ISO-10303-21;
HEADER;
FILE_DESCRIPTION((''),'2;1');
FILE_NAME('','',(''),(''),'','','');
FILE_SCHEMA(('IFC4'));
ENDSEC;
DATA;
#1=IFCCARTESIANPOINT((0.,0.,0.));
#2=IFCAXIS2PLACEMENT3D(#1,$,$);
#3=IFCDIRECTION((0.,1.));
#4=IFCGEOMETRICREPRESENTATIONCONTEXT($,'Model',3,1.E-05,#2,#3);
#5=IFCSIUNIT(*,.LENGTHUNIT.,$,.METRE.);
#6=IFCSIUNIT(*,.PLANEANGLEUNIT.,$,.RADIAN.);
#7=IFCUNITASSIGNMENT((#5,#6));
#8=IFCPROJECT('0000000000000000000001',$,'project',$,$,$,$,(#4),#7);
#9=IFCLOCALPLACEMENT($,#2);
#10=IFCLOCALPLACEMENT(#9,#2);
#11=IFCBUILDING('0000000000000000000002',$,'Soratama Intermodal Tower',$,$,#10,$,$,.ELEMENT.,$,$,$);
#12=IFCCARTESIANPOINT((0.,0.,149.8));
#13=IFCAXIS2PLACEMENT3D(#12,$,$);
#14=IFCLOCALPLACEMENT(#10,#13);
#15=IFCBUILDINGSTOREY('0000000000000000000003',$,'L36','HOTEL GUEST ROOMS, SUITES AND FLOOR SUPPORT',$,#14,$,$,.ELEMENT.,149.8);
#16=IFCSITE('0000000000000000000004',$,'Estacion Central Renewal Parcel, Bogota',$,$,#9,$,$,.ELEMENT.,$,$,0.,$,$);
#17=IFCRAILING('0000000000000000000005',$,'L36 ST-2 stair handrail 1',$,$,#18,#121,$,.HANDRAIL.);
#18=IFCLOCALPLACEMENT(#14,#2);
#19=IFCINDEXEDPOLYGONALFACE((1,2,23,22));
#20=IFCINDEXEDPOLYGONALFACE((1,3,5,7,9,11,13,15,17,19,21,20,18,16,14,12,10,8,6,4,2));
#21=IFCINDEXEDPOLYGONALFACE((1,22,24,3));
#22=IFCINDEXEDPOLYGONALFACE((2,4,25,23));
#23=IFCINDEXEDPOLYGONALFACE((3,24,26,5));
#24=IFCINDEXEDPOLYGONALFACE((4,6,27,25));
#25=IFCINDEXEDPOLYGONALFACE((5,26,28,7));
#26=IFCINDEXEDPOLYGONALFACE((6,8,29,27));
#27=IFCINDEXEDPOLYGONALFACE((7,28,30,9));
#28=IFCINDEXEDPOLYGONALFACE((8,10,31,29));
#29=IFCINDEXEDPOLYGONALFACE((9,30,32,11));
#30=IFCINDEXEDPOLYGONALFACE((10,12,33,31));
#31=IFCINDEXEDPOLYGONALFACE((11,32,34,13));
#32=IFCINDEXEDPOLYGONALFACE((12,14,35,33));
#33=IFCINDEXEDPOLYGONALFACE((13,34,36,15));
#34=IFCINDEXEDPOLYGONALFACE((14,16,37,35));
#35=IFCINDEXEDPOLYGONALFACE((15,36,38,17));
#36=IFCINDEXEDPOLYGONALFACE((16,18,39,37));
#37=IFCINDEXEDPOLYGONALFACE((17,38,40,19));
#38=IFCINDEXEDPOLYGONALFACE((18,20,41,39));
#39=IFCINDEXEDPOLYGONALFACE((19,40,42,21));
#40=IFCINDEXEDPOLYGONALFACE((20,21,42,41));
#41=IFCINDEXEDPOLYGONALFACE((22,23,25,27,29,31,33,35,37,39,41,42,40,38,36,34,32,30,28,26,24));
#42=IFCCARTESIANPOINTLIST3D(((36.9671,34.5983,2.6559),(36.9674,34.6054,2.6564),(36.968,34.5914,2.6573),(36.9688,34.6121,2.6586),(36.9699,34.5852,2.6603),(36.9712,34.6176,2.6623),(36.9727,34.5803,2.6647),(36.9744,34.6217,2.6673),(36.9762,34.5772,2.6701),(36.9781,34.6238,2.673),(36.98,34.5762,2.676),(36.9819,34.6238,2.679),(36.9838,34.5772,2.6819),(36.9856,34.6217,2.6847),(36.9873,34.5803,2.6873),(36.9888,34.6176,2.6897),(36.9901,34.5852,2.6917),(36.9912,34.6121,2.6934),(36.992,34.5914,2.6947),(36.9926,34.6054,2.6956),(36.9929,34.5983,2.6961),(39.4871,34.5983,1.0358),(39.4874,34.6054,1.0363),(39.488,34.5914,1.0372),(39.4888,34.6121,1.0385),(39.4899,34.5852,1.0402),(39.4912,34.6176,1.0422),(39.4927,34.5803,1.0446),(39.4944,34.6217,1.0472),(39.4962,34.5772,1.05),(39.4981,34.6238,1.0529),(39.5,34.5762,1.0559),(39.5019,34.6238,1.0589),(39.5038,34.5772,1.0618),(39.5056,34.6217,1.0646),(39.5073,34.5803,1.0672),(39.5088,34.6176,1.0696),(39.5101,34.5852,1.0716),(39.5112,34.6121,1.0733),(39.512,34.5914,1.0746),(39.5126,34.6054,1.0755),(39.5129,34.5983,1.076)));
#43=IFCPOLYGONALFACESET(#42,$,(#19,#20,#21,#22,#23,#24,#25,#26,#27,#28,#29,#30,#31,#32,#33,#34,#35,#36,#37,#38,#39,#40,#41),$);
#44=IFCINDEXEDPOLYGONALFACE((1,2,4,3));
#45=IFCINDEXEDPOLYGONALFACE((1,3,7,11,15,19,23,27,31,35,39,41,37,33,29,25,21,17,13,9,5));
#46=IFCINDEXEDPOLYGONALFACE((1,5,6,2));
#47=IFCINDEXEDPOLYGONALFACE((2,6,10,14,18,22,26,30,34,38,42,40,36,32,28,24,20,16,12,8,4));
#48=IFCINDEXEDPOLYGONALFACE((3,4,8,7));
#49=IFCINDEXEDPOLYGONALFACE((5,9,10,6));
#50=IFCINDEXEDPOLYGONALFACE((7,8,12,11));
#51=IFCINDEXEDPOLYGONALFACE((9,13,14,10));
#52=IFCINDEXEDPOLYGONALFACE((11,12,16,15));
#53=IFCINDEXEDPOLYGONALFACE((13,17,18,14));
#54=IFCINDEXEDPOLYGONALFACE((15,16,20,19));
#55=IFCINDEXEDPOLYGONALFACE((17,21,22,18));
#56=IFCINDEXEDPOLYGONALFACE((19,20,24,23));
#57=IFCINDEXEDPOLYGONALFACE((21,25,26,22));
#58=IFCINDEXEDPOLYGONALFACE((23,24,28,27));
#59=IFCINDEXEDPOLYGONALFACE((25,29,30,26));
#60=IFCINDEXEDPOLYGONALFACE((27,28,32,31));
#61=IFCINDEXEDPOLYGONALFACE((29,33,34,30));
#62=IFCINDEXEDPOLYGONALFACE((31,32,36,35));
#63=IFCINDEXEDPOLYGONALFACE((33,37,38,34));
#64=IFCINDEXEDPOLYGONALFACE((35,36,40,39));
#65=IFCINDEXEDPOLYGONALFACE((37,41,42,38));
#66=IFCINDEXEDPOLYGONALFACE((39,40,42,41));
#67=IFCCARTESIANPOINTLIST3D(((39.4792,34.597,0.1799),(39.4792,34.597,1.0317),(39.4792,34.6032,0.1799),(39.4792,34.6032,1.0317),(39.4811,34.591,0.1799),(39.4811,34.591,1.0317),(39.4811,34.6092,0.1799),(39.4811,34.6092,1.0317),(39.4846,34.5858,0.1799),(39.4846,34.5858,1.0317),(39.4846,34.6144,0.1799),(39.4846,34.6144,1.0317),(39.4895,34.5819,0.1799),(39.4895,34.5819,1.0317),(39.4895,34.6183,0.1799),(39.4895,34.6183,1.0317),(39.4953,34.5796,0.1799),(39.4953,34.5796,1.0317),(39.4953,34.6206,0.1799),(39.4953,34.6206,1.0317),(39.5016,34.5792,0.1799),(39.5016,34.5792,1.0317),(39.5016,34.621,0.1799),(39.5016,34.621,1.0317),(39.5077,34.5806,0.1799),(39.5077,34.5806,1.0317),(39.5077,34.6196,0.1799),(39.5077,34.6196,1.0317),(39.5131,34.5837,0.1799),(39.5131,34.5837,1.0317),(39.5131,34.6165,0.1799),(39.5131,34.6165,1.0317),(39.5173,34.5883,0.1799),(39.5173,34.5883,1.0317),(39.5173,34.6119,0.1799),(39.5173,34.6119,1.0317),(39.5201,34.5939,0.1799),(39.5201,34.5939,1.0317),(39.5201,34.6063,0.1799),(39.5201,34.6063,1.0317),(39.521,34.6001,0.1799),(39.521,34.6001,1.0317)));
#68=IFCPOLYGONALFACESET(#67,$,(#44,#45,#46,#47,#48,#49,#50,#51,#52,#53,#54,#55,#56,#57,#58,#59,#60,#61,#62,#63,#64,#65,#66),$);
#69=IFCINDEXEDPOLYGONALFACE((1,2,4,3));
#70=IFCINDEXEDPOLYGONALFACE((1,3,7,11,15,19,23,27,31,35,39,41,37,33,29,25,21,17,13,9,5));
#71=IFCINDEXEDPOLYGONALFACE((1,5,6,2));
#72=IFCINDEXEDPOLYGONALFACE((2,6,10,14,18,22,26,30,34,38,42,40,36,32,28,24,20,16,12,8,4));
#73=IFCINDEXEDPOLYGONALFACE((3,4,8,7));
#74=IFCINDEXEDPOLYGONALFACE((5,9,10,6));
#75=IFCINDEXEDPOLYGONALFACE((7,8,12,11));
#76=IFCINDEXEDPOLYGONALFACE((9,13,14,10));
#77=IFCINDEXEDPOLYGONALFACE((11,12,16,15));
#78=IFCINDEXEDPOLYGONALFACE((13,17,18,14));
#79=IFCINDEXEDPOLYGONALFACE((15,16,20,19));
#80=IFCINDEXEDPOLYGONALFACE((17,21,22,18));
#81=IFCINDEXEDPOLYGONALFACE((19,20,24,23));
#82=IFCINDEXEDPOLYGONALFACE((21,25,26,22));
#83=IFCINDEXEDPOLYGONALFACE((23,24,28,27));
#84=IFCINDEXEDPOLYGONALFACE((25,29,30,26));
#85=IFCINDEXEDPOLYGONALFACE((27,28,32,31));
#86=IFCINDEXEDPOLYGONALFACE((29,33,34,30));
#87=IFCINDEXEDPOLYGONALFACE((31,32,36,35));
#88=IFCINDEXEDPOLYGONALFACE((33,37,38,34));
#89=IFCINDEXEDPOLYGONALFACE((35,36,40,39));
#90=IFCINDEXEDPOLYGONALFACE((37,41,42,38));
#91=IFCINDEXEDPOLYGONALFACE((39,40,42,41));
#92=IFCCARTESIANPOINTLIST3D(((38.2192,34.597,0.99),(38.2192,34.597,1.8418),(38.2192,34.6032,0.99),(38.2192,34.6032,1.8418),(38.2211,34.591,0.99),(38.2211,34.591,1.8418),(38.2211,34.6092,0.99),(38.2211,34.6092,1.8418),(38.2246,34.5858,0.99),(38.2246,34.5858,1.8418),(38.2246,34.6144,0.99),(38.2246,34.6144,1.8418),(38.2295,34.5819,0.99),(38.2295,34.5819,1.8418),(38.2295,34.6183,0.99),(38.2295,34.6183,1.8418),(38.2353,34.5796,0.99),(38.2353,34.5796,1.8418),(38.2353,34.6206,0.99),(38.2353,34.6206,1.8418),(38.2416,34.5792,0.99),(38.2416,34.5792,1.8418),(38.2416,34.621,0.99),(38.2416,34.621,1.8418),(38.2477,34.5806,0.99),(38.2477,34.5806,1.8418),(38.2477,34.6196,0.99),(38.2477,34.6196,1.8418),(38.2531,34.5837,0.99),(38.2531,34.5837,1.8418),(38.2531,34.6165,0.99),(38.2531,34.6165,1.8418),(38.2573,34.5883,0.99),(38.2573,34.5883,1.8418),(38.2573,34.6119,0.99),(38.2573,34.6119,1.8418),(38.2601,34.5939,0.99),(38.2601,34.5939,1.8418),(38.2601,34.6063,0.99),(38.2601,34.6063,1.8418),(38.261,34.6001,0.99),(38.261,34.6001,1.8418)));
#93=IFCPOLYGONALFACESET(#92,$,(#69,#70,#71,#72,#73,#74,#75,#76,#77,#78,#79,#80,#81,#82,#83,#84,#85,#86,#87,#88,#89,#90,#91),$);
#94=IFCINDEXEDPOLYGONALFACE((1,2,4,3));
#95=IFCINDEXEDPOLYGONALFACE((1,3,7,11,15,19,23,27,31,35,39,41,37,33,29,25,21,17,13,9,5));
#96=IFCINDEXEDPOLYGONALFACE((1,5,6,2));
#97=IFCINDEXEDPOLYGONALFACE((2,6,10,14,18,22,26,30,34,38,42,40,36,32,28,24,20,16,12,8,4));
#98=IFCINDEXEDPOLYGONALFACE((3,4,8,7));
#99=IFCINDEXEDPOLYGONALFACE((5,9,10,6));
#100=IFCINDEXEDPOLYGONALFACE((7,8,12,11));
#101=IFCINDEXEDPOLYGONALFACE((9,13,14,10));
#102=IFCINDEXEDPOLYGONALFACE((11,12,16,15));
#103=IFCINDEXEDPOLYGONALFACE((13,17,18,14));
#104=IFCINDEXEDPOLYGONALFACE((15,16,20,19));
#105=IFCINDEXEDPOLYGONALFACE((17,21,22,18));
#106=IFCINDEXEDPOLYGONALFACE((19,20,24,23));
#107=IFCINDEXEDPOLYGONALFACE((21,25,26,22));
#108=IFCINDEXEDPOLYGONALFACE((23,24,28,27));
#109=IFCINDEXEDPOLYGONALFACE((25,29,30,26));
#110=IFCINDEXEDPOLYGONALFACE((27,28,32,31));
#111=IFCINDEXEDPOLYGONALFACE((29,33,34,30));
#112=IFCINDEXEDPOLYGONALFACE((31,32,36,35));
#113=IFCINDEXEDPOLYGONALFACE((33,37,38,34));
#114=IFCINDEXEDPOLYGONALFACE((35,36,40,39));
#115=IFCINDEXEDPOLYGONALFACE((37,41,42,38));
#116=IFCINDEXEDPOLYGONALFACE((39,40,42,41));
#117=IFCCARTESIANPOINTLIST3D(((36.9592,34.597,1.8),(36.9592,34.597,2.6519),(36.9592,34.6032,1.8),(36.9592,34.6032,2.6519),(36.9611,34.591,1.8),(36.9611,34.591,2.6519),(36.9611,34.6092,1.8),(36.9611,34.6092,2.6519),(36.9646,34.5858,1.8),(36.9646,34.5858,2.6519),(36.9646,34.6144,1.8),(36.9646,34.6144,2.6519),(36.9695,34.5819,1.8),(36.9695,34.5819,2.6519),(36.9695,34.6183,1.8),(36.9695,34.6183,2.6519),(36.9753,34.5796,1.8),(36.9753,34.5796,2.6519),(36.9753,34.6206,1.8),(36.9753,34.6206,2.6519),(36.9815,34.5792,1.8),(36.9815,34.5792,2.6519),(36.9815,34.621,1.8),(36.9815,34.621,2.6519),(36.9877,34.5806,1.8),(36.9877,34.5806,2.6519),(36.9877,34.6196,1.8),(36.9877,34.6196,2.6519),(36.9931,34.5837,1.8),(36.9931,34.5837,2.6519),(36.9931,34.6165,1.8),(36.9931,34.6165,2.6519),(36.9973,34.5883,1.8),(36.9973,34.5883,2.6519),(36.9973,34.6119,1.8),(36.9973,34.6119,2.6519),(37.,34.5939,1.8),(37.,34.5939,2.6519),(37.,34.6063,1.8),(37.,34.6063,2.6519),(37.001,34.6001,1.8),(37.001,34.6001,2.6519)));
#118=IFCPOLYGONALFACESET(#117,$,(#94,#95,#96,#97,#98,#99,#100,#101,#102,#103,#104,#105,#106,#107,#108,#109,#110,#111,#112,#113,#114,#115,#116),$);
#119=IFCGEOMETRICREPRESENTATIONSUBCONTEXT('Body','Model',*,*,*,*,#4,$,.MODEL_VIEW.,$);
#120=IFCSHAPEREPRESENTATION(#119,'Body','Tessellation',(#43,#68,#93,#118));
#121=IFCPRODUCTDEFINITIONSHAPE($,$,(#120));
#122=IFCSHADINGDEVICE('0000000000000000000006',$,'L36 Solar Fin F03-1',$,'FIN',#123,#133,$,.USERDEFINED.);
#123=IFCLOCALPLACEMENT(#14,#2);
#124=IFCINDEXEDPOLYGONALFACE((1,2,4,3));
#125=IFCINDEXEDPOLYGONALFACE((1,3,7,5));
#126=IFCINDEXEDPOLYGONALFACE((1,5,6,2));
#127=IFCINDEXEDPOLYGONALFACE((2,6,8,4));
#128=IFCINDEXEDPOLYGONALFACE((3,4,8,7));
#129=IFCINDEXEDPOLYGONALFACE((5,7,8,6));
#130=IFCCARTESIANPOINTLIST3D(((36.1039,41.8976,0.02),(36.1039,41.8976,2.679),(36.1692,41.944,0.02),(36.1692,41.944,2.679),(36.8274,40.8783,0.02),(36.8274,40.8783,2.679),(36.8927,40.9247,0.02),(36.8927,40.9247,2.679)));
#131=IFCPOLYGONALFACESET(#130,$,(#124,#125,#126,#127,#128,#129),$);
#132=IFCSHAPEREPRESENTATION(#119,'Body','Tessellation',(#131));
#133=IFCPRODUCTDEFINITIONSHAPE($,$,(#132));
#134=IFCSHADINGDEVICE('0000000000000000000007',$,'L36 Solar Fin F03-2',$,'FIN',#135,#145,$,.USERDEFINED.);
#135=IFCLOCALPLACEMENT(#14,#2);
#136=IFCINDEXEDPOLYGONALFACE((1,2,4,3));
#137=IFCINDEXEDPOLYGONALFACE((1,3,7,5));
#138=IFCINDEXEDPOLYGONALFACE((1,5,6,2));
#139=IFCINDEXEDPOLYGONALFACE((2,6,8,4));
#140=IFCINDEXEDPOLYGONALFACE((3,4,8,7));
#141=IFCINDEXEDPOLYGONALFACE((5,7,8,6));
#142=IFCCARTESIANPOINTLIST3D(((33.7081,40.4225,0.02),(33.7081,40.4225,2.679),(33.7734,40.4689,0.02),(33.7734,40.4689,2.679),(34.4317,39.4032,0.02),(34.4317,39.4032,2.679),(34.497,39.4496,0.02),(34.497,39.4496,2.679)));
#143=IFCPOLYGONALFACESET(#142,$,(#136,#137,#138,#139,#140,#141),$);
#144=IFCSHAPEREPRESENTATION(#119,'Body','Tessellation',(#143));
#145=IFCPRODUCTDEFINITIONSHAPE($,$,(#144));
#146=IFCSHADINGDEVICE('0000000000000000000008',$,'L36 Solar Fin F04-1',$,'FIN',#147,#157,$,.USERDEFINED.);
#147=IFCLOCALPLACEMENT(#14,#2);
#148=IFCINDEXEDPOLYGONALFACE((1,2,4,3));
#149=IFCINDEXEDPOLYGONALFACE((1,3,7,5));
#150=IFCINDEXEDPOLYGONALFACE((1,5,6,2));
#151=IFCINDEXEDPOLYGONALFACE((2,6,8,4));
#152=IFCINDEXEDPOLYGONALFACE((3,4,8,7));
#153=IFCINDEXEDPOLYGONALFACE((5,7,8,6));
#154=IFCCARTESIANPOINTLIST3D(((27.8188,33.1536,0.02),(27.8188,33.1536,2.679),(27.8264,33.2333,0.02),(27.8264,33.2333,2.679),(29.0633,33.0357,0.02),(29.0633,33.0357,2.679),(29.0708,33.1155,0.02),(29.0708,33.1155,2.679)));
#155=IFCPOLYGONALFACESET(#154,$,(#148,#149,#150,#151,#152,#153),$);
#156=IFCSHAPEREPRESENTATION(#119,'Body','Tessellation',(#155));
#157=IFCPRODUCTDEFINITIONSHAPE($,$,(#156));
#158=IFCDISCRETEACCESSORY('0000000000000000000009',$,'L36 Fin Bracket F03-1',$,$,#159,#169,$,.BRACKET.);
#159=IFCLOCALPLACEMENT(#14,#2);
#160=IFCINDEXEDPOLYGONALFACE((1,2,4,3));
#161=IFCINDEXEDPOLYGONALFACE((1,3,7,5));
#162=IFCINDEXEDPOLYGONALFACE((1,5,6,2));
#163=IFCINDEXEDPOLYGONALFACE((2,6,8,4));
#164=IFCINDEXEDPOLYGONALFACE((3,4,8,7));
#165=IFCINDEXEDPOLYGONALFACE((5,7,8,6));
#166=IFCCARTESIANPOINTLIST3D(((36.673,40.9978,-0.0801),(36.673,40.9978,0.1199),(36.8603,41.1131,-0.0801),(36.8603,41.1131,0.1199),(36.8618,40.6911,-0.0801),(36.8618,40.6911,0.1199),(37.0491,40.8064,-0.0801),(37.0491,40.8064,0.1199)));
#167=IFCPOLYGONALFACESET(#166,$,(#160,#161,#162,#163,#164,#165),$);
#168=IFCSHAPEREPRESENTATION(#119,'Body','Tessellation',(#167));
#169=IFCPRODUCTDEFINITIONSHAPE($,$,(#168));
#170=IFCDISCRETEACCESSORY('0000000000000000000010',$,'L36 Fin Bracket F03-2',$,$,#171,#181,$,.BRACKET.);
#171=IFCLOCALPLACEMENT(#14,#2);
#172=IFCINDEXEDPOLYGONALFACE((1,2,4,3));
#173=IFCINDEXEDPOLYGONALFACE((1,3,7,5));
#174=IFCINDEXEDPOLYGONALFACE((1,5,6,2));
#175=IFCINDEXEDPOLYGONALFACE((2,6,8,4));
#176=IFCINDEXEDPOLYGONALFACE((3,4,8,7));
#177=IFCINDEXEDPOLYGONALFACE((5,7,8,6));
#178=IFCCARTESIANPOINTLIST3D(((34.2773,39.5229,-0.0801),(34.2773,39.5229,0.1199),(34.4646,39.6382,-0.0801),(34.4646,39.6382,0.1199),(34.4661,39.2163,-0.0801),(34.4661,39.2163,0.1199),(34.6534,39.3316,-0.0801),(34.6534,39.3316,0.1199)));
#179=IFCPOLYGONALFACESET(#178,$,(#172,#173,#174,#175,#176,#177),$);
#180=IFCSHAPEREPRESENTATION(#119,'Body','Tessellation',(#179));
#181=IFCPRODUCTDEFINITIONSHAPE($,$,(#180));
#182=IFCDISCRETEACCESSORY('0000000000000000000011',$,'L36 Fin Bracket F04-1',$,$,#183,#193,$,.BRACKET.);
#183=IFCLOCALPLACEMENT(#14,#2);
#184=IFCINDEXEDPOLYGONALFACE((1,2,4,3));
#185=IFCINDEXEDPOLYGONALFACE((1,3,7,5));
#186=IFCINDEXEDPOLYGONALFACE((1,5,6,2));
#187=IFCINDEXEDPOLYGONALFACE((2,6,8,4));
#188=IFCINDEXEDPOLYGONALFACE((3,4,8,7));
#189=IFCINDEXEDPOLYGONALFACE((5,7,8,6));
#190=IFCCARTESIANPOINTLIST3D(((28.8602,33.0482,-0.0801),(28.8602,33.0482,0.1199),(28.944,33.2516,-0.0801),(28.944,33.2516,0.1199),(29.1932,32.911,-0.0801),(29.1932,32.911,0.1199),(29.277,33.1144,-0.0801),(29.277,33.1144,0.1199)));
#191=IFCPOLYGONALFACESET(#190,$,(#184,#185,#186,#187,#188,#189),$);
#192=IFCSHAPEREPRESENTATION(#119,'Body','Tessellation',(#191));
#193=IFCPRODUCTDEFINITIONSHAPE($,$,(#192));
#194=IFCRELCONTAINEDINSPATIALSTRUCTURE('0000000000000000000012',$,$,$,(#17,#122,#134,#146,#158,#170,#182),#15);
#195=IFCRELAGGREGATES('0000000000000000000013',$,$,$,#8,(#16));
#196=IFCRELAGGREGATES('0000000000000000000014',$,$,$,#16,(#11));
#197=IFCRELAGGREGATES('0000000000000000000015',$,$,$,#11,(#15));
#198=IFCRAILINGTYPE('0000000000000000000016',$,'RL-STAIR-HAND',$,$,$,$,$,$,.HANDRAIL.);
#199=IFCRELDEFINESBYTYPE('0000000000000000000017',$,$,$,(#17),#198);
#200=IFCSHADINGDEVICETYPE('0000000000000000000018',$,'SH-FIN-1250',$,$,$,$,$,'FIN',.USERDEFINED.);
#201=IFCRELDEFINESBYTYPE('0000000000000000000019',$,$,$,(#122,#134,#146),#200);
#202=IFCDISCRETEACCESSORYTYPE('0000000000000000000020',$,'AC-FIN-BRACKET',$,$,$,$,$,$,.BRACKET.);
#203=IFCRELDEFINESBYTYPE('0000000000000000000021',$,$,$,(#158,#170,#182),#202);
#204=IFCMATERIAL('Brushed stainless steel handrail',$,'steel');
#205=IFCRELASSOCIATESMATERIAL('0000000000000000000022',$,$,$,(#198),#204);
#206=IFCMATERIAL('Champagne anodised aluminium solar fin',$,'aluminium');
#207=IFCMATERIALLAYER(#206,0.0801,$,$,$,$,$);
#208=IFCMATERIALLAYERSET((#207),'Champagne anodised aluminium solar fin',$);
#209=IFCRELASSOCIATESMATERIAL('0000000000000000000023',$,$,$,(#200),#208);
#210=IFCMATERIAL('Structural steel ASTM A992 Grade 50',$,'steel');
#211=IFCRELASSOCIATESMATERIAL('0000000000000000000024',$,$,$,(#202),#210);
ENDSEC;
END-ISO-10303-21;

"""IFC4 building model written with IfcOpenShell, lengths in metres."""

from ifc_helpers import new_model, si_unit, direction, frame, origin, origin_2d, place, context, subcontext, project, spatial, rectangle, circle, extrude, material, layer, layer_set, type_object, element, save


model = new_model("IFC4")

# Units and contexts
model_context = context("Model", 3, precision=1e-05, world=origin(), true_north=direction((0.0, 1.0)))
body_context = subcontext(model_context, "Body", "Model", "MODEL_VIEW")
ifc_project = project(units=[si_unit("LENGTHUNIT", "METRE"), si_unit("PLANEANGLEUNIT", "RADIAN")], contexts=[model_context])

# Site, building, storey
site_placement = place(None, origin())
site = spatial("IfcSite", under=ifc_project, at=site_placement, Name="Estacion Central Renewal Parcel, Bogota", CompositionType="ELEMENT", RefElevation=0.0)
building_placement = place(site_placement, origin())
building = spatial("IfcBuilding", under=site, at=building_placement, Name="Soratama Intermodal Tower", CompositionType="ELEMENT")
storey_placement = place(building_placement, frame((0.0, 0.0, 149.8)))
storey = spatial("IfcBuildingStorey", under=building, at=storey_placement, Name="L36", Description="HOTEL GUEST ROOMS, SUITES AND FLOOR SUPPORT", CompositionType="ELEMENT", Elevation=149.8)

# Railing
ifc_material_1 = material(Name="Brushed stainless steel handrail", Category="steel")
railing_type_1 = type_object("IfcRailingType", Name="RL-STAIR-HAND", PredefinedType="HANDRAIL", material=ifc_material_1)
railing_1_placement = place(storey_placement, frame((39.5, 34.6001, 0.1799)))
element("IfcRailing", 1, at=railing_1_placement, inside=storey, type_object=railing_type_1, Name="L36 ST-2 stair handrail 1", PredefinedType="HANDRAIL", context=body_context, shape_type="SweptSolid", body=[
    extrude(circle(Radius=0.0239, at=origin_2d()), frame((0.0, 0.0, 0.876), z_axis=(-0.841163, 0.0, 0.540782), x_axis=(0.0, -1.0, 0.0)), (0.0, 0.0, 1.0), 2.9958),
    extrude(circle(Radius=0.021, at=origin_2d()), origin(), (0.0, 0.0, 1.0), 0.8518),
    extrude(circle(Radius=0.021, at=origin_2d()), frame((-1.26, 0.0, 0.8101)), (0.0, 0.0, 1.0), 0.8518),
    extrude(circle(Radius=0.021, at=origin_2d()), frame((-2.52, 0.0, 1.6201)), (0.0, 0.0, 1.0), 0.8518),
])

# Shading devices
ifc_material_2 = material(Name="Champagne anodised aluminium solar fin", Category="aluminium")
ifc_layer_1 = layer(ifc_material_2, 0.0801)
ifc_layer_set_1 = layer_set([ifc_layer_1], Name="Champagne anodised aluminium solar fin")
shading_device_type = type_object("IfcShadingDeviceType", Name="SH-FIN-1250", ElementType="FIN", PredefinedType="USERDEFINED", material=ifc_layer_set_1)
for number, where, z_axis, x_axis, name in (
    (2, (36.4983, 41.4111, 0.02), (0.0, 0.0, 1.0), (-0.578854, 0.815431, 0.0), "L36 Solar Fin F03-1"),
    (3, (34.1025, 39.936, 0.02), (0.0, 0.0, 1.0), (-0.578854, 0.815431, 0.0), "L36 Solar Fin F03-2"),
    (4, (28.4448, 33.1345, 0.02), (0.0, 0.0, 1.0), (-0.995546, 0.094282, 0.0), "L36 Solar Fin F04-1"),
):
    element("IfcShadingDevice", number, at=place(storey_placement, frame(where, z_axis=z_axis, x_axis=x_axis)), inside=storey, type_object=shading_device_type, Name=name, ObjectType="FIN", PredefinedType="USERDEFINED", context=body_context, shape_type="SweptSolid", body=[
        extrude(rectangle(XDim=1.25, YDim=0.0801, at=origin_2d()), origin(), (0.0, 0.0, 1.0), 2.6589),
    ])

# Discrete accessories
ifc_material_3 = material(Name="Structural steel ASTM A992 Grade 50", Category="steel")
discrete_accessory_type = type_object("IfcDiscreteAccessoryType", Name="AC-FIN-BRACKET", PredefinedType="BRACKET", material=ifc_material_3)
for number, where, z_axis, x_axis, name in (
    (5, (36.8611, 40.9021, -0.0801), (0.0, 0.0, 1.0), (-0.524283, 0.851544, 0.0), "L36 Fin Bracket F03-1"),
    (6, (34.4653, 39.4272, -0.0801), (0.0, 0.0, 1.0), (-0.524283, 0.851544, 0.0), "L36 Fin Bracket F03-2"),
    (7, (29.0686, 33.0813, -0.0801), (0.0, 0.0, 1.0), (-0.924679, 0.380748, 0.0), "L36 Fin Bracket F04-1"),
):
    element("IfcDiscreteAccessory", number, at=place(storey_placement, frame(where, z_axis=z_axis, x_axis=x_axis)), inside=storey, type_object=discrete_accessory_type, Name=name, PredefinedType="BRACKET", context=body_context, shape_type="SweptSolid", body=[
        extrude(rectangle(XDim=0.3601, YDim=0.22, at=origin_2d()), origin(), (0.0, 0.0, 1.0), 0.2),
    ])

save(model, "model.ifc")
